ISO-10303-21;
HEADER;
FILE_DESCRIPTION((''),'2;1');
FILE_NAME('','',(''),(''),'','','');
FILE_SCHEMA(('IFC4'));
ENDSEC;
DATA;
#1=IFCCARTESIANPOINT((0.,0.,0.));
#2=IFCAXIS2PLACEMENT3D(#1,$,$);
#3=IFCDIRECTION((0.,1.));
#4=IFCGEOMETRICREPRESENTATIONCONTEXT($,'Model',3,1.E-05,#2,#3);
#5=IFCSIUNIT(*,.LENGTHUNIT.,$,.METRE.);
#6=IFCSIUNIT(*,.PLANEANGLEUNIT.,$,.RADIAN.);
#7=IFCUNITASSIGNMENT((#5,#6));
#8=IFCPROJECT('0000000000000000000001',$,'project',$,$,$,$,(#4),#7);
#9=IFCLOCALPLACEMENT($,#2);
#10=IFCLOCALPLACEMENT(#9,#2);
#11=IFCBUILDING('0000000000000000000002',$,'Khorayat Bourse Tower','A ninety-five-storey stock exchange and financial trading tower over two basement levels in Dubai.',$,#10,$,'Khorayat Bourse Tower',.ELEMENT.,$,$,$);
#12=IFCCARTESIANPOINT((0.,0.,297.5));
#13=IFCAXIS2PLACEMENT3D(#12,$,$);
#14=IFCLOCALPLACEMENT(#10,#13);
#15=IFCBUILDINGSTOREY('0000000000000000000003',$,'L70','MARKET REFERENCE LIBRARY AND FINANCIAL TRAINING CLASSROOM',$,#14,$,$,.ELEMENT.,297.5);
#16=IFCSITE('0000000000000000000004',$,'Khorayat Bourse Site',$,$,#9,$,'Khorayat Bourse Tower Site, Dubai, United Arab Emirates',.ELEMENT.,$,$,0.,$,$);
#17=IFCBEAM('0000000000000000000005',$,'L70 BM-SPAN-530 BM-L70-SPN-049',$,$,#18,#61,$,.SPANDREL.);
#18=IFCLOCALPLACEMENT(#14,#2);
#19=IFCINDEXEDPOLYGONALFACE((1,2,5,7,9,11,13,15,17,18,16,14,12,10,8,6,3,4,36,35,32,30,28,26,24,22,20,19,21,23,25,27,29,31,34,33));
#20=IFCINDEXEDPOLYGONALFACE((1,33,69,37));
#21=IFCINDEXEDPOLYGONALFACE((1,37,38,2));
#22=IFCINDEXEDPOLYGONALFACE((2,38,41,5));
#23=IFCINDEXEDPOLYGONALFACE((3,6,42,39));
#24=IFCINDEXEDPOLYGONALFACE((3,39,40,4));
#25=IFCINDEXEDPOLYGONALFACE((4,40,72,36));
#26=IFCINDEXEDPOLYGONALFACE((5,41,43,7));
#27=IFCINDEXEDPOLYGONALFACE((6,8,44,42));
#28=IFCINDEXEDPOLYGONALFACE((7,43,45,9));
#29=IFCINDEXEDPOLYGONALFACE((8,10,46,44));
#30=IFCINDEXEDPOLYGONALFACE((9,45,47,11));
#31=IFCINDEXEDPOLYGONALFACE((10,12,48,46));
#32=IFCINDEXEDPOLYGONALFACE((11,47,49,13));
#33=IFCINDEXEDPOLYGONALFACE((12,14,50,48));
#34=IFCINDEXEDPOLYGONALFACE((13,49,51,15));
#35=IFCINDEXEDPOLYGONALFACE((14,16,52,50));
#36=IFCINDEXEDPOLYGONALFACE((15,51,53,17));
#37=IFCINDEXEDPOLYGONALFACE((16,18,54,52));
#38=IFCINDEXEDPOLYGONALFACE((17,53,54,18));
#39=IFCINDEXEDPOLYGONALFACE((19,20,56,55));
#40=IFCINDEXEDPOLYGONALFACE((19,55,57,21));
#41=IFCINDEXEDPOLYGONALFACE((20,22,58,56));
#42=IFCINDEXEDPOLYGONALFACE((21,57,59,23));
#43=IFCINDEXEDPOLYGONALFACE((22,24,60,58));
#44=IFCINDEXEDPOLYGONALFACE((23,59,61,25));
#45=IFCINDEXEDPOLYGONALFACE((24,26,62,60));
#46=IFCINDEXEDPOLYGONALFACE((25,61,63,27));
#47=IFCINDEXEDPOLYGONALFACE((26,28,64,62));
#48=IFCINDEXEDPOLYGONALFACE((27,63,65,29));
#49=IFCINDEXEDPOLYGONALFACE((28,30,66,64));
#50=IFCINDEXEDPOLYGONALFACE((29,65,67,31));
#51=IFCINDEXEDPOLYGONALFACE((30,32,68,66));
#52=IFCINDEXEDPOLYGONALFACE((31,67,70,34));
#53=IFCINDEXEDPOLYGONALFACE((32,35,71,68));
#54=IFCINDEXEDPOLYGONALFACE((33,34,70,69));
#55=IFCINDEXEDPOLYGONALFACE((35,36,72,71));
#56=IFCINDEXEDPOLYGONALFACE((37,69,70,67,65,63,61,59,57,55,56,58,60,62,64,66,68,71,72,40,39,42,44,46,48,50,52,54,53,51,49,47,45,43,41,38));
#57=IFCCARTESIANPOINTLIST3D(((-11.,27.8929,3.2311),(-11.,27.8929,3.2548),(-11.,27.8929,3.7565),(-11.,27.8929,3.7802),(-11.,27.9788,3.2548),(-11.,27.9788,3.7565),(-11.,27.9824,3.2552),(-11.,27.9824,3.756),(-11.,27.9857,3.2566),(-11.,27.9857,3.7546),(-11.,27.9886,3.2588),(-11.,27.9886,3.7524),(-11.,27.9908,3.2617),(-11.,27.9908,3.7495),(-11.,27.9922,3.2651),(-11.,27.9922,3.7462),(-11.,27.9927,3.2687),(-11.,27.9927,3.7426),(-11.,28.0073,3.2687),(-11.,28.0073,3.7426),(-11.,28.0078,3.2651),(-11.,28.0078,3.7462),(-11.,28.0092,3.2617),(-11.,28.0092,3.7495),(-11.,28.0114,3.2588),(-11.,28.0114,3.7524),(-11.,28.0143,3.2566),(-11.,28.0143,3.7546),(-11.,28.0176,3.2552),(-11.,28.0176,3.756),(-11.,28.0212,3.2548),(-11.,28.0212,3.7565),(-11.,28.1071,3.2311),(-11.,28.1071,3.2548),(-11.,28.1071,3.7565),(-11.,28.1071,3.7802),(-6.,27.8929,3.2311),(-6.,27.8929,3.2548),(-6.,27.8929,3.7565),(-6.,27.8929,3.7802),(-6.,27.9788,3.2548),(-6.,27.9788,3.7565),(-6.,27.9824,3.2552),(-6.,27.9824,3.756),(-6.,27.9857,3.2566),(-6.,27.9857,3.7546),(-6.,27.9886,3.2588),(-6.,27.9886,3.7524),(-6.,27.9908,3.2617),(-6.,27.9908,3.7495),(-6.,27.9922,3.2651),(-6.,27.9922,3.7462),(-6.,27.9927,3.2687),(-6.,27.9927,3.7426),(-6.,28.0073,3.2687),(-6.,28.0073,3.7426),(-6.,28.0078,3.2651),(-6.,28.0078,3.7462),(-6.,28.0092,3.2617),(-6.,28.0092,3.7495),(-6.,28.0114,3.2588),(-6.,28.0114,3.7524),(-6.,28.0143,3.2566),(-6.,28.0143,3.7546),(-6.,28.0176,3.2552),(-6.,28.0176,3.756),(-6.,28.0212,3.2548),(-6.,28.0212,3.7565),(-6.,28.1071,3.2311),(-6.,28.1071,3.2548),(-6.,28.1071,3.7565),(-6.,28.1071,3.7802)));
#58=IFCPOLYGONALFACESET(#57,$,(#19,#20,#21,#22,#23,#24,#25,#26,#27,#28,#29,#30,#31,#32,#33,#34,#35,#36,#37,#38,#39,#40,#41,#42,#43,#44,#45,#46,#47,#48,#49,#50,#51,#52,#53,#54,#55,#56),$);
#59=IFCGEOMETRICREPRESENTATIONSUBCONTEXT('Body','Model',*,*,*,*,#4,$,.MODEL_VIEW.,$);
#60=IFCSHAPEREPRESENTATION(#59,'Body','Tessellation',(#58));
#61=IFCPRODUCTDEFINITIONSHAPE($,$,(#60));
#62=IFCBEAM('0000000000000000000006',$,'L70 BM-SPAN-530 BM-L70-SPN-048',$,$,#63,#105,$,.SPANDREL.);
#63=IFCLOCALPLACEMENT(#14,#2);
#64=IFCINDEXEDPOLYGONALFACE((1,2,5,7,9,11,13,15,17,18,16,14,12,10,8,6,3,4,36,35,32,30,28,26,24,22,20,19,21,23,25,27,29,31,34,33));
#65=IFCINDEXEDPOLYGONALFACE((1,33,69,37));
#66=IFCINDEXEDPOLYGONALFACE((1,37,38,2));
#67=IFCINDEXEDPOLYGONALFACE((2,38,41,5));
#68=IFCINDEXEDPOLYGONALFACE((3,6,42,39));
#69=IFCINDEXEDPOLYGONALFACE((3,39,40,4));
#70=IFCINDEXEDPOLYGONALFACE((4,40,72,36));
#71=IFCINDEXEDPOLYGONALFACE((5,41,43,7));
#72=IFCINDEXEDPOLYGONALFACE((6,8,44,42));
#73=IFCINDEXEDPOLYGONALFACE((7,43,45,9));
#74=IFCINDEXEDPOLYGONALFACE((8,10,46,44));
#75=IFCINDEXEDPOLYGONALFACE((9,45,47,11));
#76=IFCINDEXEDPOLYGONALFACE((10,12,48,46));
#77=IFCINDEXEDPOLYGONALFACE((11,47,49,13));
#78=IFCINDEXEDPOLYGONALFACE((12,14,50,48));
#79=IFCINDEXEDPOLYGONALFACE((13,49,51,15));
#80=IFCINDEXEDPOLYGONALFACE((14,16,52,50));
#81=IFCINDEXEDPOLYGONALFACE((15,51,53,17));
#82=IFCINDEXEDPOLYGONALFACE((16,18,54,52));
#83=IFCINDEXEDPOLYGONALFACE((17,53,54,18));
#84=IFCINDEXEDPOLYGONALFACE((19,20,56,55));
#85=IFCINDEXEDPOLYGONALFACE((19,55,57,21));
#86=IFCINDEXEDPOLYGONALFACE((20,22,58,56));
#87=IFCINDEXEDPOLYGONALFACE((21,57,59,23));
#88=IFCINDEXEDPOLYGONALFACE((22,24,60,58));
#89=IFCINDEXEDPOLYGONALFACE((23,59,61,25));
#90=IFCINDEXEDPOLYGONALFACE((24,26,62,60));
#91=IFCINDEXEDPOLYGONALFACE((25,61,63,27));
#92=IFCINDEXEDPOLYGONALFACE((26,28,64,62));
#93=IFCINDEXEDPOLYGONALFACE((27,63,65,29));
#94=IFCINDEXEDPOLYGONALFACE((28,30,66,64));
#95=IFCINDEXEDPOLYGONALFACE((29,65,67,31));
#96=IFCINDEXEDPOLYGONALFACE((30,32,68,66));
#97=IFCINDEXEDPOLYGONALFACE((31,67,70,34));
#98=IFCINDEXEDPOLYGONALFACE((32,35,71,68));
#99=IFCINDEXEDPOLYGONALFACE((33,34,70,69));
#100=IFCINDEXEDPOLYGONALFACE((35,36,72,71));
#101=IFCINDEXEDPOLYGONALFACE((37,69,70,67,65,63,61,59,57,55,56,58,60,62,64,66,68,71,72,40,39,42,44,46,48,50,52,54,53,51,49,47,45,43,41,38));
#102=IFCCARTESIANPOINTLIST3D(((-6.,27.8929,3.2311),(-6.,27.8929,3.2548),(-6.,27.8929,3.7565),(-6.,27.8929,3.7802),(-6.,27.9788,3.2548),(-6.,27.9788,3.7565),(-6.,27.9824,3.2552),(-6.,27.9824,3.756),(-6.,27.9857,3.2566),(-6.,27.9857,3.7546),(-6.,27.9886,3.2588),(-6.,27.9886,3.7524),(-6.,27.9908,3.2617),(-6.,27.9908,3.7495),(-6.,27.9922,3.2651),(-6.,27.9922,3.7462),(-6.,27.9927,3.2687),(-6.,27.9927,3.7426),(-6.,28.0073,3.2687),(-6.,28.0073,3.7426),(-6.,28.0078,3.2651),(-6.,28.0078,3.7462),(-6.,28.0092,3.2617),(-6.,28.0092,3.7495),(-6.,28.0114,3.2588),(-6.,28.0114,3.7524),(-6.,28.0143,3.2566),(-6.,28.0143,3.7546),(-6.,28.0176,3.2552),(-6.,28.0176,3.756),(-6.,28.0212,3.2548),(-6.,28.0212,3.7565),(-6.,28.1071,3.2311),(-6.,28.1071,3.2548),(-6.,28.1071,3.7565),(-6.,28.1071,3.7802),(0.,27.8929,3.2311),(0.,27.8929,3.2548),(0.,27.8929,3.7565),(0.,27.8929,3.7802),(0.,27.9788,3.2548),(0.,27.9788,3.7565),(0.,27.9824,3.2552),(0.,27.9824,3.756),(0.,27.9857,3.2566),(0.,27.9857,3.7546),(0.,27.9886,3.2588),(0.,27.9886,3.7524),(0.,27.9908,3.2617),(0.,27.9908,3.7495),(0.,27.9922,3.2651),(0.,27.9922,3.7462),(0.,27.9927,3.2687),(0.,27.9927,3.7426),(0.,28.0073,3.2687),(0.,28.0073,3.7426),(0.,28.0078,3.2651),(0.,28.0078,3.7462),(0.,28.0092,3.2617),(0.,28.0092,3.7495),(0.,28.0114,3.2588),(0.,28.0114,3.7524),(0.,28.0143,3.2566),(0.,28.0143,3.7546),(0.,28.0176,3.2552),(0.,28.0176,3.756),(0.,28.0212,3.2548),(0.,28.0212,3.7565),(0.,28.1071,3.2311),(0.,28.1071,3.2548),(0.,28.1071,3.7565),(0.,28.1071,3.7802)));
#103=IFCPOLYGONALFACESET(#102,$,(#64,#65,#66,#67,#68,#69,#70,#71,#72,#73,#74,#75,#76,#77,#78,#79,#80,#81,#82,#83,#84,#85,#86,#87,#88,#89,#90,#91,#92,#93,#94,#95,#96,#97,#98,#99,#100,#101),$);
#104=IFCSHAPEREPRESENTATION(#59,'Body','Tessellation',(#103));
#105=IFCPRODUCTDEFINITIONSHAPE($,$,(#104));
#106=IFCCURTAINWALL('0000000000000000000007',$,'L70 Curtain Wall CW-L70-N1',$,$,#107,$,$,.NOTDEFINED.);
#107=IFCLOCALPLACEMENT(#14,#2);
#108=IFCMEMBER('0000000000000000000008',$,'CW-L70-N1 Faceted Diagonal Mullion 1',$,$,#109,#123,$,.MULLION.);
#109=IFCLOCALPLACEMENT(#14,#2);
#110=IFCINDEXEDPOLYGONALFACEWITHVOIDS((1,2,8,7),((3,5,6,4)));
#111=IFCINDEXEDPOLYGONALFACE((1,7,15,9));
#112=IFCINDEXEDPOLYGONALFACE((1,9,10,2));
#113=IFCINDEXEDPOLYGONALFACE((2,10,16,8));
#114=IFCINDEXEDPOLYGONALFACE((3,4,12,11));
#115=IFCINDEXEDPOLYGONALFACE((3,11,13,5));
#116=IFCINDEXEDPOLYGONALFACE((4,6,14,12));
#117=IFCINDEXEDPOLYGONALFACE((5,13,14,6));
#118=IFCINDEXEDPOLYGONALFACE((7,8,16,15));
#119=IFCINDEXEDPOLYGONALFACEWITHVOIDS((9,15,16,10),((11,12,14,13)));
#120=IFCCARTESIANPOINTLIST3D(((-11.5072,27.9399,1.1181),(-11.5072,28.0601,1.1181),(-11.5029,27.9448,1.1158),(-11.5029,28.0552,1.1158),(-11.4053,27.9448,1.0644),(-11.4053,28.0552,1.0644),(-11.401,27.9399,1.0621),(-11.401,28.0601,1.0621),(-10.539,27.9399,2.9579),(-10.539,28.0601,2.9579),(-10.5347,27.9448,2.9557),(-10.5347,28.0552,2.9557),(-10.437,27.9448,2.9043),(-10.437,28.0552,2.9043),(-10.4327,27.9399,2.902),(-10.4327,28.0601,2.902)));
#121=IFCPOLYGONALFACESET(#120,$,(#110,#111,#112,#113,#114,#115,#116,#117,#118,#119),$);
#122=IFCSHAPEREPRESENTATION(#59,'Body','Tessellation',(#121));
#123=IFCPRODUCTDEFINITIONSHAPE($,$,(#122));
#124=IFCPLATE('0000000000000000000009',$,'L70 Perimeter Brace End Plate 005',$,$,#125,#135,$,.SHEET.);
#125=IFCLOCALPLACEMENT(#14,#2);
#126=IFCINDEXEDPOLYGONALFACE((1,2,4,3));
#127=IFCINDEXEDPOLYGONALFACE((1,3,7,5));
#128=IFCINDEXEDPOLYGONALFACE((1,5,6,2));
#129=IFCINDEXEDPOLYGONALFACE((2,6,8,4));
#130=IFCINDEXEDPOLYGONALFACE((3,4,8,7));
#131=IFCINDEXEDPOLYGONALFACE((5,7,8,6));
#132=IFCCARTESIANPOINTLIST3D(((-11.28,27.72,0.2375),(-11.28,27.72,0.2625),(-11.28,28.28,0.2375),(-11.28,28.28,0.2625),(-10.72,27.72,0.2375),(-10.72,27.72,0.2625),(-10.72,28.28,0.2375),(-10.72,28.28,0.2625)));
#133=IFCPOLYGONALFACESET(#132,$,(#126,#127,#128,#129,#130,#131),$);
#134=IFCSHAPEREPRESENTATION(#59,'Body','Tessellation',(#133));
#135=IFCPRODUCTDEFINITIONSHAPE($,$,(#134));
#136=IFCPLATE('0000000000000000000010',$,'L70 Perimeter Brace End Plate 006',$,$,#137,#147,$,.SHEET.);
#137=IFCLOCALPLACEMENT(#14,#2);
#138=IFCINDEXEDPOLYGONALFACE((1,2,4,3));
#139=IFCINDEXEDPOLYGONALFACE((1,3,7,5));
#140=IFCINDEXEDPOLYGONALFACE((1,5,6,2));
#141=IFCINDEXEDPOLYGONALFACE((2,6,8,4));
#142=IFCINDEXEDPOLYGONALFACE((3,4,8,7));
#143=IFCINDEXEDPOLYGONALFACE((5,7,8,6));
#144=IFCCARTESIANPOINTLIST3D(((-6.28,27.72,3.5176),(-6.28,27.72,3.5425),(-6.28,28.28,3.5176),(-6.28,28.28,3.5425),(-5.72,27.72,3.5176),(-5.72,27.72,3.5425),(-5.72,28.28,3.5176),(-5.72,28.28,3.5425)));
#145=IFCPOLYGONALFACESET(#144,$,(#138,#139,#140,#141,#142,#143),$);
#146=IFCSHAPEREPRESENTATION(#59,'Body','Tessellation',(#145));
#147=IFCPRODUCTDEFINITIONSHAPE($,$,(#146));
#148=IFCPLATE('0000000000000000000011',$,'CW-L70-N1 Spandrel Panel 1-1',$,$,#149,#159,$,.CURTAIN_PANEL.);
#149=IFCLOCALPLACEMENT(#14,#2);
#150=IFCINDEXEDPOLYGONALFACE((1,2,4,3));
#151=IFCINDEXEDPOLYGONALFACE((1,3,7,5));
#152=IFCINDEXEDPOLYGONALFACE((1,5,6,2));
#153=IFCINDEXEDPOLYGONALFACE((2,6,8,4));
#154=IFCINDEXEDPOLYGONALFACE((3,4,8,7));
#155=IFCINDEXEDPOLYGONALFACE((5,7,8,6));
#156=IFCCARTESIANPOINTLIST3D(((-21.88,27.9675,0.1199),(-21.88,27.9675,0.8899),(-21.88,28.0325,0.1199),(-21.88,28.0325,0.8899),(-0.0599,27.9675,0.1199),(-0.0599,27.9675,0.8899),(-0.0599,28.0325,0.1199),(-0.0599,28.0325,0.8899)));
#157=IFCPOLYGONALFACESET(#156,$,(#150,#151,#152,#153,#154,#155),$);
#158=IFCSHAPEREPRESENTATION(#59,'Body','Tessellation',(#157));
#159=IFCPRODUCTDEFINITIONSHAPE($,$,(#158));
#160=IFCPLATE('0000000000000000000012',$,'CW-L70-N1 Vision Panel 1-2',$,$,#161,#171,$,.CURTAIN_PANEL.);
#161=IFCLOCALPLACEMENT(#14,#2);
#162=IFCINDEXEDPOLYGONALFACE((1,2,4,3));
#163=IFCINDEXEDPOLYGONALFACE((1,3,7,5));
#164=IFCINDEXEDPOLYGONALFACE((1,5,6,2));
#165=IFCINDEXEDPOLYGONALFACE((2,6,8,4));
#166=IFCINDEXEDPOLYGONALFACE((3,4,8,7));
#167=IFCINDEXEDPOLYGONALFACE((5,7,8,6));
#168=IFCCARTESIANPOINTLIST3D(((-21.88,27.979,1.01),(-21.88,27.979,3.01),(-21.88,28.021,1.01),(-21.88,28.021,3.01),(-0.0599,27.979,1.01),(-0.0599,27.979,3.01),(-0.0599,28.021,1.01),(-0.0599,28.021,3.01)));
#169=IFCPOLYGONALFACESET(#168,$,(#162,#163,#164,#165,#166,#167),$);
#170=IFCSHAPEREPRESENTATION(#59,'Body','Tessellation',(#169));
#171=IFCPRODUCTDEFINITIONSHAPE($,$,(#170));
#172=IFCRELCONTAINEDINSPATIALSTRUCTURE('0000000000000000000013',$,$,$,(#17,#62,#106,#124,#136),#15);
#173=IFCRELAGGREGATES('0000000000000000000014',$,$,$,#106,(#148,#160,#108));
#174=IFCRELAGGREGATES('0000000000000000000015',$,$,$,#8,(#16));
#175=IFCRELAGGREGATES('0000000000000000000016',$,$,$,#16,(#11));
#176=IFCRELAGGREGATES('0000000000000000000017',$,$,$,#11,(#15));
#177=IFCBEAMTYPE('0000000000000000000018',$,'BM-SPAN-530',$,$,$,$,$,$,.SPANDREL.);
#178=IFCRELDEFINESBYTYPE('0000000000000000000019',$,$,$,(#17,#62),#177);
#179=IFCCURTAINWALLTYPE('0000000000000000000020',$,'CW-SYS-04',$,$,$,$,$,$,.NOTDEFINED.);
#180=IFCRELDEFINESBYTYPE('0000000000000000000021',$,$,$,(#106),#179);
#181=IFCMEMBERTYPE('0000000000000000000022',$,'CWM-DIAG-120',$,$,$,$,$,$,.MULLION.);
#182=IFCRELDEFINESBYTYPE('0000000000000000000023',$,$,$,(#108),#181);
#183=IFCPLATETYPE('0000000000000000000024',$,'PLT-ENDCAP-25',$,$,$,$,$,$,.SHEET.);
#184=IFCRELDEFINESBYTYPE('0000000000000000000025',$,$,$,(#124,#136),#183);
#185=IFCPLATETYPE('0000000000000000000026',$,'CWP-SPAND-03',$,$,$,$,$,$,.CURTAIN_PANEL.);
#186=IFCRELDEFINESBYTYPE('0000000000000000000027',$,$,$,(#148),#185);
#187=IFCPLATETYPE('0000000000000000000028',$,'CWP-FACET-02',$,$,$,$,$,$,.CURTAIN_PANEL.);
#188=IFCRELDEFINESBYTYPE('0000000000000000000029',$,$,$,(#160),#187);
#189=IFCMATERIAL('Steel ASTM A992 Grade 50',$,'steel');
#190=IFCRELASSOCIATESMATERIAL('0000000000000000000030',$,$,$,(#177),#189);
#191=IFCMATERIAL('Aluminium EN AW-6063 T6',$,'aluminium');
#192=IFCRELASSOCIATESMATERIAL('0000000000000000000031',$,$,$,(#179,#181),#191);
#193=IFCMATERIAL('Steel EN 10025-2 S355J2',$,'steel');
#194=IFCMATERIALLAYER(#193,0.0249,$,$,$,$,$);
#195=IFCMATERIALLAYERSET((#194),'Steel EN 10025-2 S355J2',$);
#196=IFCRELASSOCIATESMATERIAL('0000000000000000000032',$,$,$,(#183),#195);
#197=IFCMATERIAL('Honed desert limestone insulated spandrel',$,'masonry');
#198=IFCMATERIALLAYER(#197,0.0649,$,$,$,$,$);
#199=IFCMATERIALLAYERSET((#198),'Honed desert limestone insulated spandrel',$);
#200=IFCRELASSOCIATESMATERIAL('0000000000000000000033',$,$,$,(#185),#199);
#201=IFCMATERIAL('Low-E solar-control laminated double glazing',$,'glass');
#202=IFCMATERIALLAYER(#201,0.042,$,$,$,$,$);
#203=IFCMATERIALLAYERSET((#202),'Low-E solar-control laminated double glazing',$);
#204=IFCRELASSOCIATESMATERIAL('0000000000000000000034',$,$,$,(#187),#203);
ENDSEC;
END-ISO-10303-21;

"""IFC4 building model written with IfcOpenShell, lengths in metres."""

from ifc_helpers import new_model, si_unit, direction, frame, origin, origin_2d, place, context, subcontext, project, spatial, rectangle, hollow_rectangle, i_section, extrude, source, transform, mapped, material, layer, layer_set, material_profile, profile_set, type_object, element, aggregate, save


model = new_model("IFC4")

# Units and contexts
model_context = context("Model", 3, precision=1e-05, world=origin(), true_north=direction((0.0, 1.0)))
body_context = subcontext(model_context, "Body", "Model", "MODEL_VIEW")
ifc_project = project(units=[si_unit("LENGTHUNIT", "METRE"), si_unit("PLANEANGLEUNIT", "RADIAN")], contexts=[model_context])

# Site, building, storey
site_placement = place(None, origin())
site = spatial("IfcSite", under=ifc_project, at=site_placement, Name="Khorayat Bourse Site", LongName="Khorayat Bourse Tower Site, Dubai, United Arab Emirates", CompositionType="ELEMENT", RefElevation=0.0)
building_placement = place(site_placement, origin())
building = spatial("IfcBuilding", under=site, at=building_placement, Name="Khorayat Bourse Tower", Description="A ninety-five-storey stock exchange and financial trading tower over two basement levels in Dubai.", LongName="Khorayat Bourse Tower", CompositionType="ELEMENT")
storey_placement = place(building_placement, frame((0.0, 0.0, 297.5)))
storey = spatial("IfcBuildingStorey", under=building, at=storey_placement, Name="L70", Description="MARKET REFERENCE LIBRARY AND FINANCIAL TRAINING CLASSROOM", CompositionType="ELEMENT", Elevation=297.5)

# Beams
ifc_material_1 = material(Name="Steel ASTM A992 Grade 50", Category="steel")
ifc_material_profile_1 = material_profile(ifc_material_1, i_section(OverallWidth=0.2141, OverallDepth=0.5491, WebThickness=0.0146, FlangeThickness=0.0237, FilletRadius=0.0139, at=origin_2d()), Name="W530X138")
ifc_profile_set_1 = profile_set([ifc_material_profile_1], Name="Steel ASTM A992 Grade 50")
beam_type_1 = type_object("IfcBeamType", Name="BM-SPAN-530", PredefinedType="SPANDREL", material=ifc_profile_set_1)
shared_shape_1 = source(origin(), body_context, "Body", "SweptSolid", [
    extrude(i_section(OverallWidth=0.2141, OverallDepth=0.5491, WebThickness=0.0146, FlangeThickness=0.0237, FilletRadius=0.0139, at=origin_2d()), origin(), (0.0, 0.0, 1.0), 5.0),
])
beam_1_placement = place(storey_placement, frame((-11.0, 28.0, 3.5056), z_axis=(1.0, 0.0, 0.0), x_axis=(0.0, 1.0, 0.0)))
element("IfcBeam", 1, at=beam_1_placement, inside=storey, type_object=beam_type_1, Name="L70 BM-SPAN-530 BM-L70-SPN-049", PredefinedType="SPANDREL", context=body_context, shape_type="MappedRepresentation", body=[
    mapped(shared_shape_1, transform((0.0, 0.0, 0.0), scale=1.0)),
])
shared_shape_2 = source(origin(), body_context, "Body", "SweptSolid", [
    extrude(i_section(OverallWidth=0.2141, OverallDepth=0.5491, WebThickness=0.0146, FlangeThickness=0.0237, FilletRadius=0.0139, at=origin_2d()), origin(), (0.0, 0.0, 1.0), 6.0),
])
beam_2_placement = place(storey_placement, frame((-6.0, 28.0, 3.5056), z_axis=(1.0, 0.0, 0.0), x_axis=(0.0, 1.0, 0.0)))
element("IfcBeam", 2, at=beam_2_placement, inside=storey, type_object=beam_type_1, Name="L70 BM-SPAN-530 BM-L70-SPN-048", PredefinedType="SPANDREL", context=body_context, shape_type="MappedRepresentation", body=[
    mapped(shared_shape_2, transform((0.0, 0.0, 0.0), scale=1.0)),
])

# Curtain wall, member
ifc_material_2 = material(Name="Aluminium EN AW-6063 T6", Category="aluminium")
curtain_wall_type = type_object("IfcCurtainWallType", Name="CW-SYS-04", PredefinedType="NOTDEFINED", material=ifc_material_2)
curtain_wall_placement = place(storey_placement, origin())
curtain_wall = element("IfcCurtainWall", 3, at=curtain_wall_placement, inside=storey, type_object=curtain_wall_type, Name="L70 Curtain Wall CW-L70-N1", PredefinedType="NOTDEFINED")
ifc_material_profile_2 = material_profile(ifc_material_2, hollow_rectangle(XDim=0.1201, YDim=0.1201, WallThickness=0.0049, at=origin_2d()), Name="ALU 120x120x5")
ifc_profile_set_2 = profile_set([ifc_material_profile_2], Name="Aluminium EN AW-6063 T6")
member_type_1 = type_object("IfcMemberType", Name="CWM-DIAG-120", PredefinedType="MULLION", material=ifc_profile_set_2)
shared_shape_3 = source(origin(), body_context, "Body", "SweptSolid", [
    extrude(hollow_rectangle(XDim=0.1201, YDim=0.1201, WallThickness=0.0049, at=origin_2d()), origin(), (0.0, 0.0, 1.0), 2.0791),
])
member_1_placement = place(storey_placement, frame((-11.4541, 28.0, 1.0901), z_axis=(0.465717, 0.0, 0.884934), x_axis=(0.0, 1.0, 0.0)))
member_1 = element("IfcMember", 4, at=member_1_placement, type_object=member_type_1, Name="CW-L70-N1 Faceted Diagonal Mullion 1", PredefinedType="MULLION", context=body_context, shape_type="MappedRepresentation", body=[
    mapped(shared_shape_3, transform((0.0, 0.0, 0.0), scale=1.0)),
])

# Plates
ifc_material_3 = material(Name="Steel EN 10025-2 S355J2", Category="steel")
ifc_layer_1 = layer(ifc_material_3, 0.0249)
ifc_layer_set_1 = layer_set([ifc_layer_1], Name="Steel EN 10025-2 S355J2")
plate_type_1 = type_object("IfcPlateType", Name="PLT-ENDCAP-25", PredefinedType="SHEET", material=ifc_layer_set_1)
shared_shape_4 = source(origin(), body_context, "Body", "SweptSolid", [
    extrude(rectangle(XDim=0.5601, YDim=0.5601, at=origin_2d()), origin(), (0.0, 0.0, 1.0), 0.0249),
])
for number, where, z_axis, x_axis, name in (
    (5, (-11.0, 28.0, 0.2375), (0.0, 0.0, 1.0), (1.0, 0.0, 0.0), "L70 Perimeter Brace End Plate 005"),
    (6, (-6.0, 28.0, 3.5176), (0.0, 0.0, 1.0), (1.0, 0.0, 0.0), "L70 Perimeter Brace End Plate 006"),
):
    element("IfcPlate", number, at=place(storey_placement, frame(where, z_axis=z_axis, x_axis=x_axis)), inside=storey, type_object=plate_type_1, Name=name, PredefinedType="SHEET", context=body_context, shape_type="MappedRepresentation", body=[
        mapped(shared_shape_4, transform((0.0, 0.0, 0.0), scale=1.0)),
    ])

# Plates
ifc_material_4 = material(Name="Honed desert limestone insulated spandrel", Category="masonry")
ifc_layer_2 = layer(ifc_material_4, 0.0649)
ifc_layer_set_2 = layer_set([ifc_layer_2], Name="Honed desert limestone insulated spandrel")
plate_type_2 = type_object("IfcPlateType", Name="CWP-SPAND-03", PredefinedType="CURTAIN_PANEL", material=ifc_layer_set_2)
shared_shape_5 = source(origin(), body_context, "Body", "SweptSolid", [
    extrude(rectangle(XDim=21.8201, YDim=0.0649, at=origin_2d()), origin(), (0.0, 0.0, 1.0), 0.77),
])
plate_1_placement = place(storey_placement, frame((-10.97, 28.0, 0.1199), z_axis=(0.0, 0.0, 1.0), x_axis=(1.0, 0.0, 0.0)))
plate_1 = element("IfcPlate", 7, at=plate_1_placement, type_object=plate_type_2, Name="CW-L70-N1 Spandrel Panel 1-1", PredefinedType="CURTAIN_PANEL", context=body_context, shape_type="MappedRepresentation", body=[
    mapped(shared_shape_5, transform((0.0, 0.0, 0.0), scale=1.0)),
])
ifc_material_5 = material(Name="Low-E solar-control laminated double glazing", Category="glass")
ifc_layer_3 = layer(ifc_material_5, 0.042)
ifc_layer_set_3 = layer_set([ifc_layer_3], Name="Low-E solar-control laminated double glazing")
plate_type_3 = type_object("IfcPlateType", Name="CWP-FACET-02", PredefinedType="CURTAIN_PANEL", material=ifc_layer_set_3)
shared_shape_6 = source(origin(), body_context, "Body", "SweptSolid", [
    extrude(rectangle(XDim=21.8201, YDim=0.042, at=origin_2d()), origin(), (0.0, 0.0, 1.0), 2.0),
])
plate_2_placement = place(storey_placement, frame((-10.97, 28.0, 1.01), z_axis=(0.0, 0.0, 1.0), x_axis=(1.0, 0.0, 0.0)))
plate_2 = element("IfcPlate", 8, at=plate_2_placement, type_object=plate_type_3, Name="CW-L70-N1 Vision Panel 1-2", PredefinedType="CURTAIN_PANEL", context=body_context, shape_type="MappedRepresentation", body=[
    mapped(shared_shape_6, transform((0.0, 0.0, 0.0), scale=1.0)),
])
aggregate(curtain_wall, [plate_1, plate_2, member_1])

save(model, "model.ifc")
